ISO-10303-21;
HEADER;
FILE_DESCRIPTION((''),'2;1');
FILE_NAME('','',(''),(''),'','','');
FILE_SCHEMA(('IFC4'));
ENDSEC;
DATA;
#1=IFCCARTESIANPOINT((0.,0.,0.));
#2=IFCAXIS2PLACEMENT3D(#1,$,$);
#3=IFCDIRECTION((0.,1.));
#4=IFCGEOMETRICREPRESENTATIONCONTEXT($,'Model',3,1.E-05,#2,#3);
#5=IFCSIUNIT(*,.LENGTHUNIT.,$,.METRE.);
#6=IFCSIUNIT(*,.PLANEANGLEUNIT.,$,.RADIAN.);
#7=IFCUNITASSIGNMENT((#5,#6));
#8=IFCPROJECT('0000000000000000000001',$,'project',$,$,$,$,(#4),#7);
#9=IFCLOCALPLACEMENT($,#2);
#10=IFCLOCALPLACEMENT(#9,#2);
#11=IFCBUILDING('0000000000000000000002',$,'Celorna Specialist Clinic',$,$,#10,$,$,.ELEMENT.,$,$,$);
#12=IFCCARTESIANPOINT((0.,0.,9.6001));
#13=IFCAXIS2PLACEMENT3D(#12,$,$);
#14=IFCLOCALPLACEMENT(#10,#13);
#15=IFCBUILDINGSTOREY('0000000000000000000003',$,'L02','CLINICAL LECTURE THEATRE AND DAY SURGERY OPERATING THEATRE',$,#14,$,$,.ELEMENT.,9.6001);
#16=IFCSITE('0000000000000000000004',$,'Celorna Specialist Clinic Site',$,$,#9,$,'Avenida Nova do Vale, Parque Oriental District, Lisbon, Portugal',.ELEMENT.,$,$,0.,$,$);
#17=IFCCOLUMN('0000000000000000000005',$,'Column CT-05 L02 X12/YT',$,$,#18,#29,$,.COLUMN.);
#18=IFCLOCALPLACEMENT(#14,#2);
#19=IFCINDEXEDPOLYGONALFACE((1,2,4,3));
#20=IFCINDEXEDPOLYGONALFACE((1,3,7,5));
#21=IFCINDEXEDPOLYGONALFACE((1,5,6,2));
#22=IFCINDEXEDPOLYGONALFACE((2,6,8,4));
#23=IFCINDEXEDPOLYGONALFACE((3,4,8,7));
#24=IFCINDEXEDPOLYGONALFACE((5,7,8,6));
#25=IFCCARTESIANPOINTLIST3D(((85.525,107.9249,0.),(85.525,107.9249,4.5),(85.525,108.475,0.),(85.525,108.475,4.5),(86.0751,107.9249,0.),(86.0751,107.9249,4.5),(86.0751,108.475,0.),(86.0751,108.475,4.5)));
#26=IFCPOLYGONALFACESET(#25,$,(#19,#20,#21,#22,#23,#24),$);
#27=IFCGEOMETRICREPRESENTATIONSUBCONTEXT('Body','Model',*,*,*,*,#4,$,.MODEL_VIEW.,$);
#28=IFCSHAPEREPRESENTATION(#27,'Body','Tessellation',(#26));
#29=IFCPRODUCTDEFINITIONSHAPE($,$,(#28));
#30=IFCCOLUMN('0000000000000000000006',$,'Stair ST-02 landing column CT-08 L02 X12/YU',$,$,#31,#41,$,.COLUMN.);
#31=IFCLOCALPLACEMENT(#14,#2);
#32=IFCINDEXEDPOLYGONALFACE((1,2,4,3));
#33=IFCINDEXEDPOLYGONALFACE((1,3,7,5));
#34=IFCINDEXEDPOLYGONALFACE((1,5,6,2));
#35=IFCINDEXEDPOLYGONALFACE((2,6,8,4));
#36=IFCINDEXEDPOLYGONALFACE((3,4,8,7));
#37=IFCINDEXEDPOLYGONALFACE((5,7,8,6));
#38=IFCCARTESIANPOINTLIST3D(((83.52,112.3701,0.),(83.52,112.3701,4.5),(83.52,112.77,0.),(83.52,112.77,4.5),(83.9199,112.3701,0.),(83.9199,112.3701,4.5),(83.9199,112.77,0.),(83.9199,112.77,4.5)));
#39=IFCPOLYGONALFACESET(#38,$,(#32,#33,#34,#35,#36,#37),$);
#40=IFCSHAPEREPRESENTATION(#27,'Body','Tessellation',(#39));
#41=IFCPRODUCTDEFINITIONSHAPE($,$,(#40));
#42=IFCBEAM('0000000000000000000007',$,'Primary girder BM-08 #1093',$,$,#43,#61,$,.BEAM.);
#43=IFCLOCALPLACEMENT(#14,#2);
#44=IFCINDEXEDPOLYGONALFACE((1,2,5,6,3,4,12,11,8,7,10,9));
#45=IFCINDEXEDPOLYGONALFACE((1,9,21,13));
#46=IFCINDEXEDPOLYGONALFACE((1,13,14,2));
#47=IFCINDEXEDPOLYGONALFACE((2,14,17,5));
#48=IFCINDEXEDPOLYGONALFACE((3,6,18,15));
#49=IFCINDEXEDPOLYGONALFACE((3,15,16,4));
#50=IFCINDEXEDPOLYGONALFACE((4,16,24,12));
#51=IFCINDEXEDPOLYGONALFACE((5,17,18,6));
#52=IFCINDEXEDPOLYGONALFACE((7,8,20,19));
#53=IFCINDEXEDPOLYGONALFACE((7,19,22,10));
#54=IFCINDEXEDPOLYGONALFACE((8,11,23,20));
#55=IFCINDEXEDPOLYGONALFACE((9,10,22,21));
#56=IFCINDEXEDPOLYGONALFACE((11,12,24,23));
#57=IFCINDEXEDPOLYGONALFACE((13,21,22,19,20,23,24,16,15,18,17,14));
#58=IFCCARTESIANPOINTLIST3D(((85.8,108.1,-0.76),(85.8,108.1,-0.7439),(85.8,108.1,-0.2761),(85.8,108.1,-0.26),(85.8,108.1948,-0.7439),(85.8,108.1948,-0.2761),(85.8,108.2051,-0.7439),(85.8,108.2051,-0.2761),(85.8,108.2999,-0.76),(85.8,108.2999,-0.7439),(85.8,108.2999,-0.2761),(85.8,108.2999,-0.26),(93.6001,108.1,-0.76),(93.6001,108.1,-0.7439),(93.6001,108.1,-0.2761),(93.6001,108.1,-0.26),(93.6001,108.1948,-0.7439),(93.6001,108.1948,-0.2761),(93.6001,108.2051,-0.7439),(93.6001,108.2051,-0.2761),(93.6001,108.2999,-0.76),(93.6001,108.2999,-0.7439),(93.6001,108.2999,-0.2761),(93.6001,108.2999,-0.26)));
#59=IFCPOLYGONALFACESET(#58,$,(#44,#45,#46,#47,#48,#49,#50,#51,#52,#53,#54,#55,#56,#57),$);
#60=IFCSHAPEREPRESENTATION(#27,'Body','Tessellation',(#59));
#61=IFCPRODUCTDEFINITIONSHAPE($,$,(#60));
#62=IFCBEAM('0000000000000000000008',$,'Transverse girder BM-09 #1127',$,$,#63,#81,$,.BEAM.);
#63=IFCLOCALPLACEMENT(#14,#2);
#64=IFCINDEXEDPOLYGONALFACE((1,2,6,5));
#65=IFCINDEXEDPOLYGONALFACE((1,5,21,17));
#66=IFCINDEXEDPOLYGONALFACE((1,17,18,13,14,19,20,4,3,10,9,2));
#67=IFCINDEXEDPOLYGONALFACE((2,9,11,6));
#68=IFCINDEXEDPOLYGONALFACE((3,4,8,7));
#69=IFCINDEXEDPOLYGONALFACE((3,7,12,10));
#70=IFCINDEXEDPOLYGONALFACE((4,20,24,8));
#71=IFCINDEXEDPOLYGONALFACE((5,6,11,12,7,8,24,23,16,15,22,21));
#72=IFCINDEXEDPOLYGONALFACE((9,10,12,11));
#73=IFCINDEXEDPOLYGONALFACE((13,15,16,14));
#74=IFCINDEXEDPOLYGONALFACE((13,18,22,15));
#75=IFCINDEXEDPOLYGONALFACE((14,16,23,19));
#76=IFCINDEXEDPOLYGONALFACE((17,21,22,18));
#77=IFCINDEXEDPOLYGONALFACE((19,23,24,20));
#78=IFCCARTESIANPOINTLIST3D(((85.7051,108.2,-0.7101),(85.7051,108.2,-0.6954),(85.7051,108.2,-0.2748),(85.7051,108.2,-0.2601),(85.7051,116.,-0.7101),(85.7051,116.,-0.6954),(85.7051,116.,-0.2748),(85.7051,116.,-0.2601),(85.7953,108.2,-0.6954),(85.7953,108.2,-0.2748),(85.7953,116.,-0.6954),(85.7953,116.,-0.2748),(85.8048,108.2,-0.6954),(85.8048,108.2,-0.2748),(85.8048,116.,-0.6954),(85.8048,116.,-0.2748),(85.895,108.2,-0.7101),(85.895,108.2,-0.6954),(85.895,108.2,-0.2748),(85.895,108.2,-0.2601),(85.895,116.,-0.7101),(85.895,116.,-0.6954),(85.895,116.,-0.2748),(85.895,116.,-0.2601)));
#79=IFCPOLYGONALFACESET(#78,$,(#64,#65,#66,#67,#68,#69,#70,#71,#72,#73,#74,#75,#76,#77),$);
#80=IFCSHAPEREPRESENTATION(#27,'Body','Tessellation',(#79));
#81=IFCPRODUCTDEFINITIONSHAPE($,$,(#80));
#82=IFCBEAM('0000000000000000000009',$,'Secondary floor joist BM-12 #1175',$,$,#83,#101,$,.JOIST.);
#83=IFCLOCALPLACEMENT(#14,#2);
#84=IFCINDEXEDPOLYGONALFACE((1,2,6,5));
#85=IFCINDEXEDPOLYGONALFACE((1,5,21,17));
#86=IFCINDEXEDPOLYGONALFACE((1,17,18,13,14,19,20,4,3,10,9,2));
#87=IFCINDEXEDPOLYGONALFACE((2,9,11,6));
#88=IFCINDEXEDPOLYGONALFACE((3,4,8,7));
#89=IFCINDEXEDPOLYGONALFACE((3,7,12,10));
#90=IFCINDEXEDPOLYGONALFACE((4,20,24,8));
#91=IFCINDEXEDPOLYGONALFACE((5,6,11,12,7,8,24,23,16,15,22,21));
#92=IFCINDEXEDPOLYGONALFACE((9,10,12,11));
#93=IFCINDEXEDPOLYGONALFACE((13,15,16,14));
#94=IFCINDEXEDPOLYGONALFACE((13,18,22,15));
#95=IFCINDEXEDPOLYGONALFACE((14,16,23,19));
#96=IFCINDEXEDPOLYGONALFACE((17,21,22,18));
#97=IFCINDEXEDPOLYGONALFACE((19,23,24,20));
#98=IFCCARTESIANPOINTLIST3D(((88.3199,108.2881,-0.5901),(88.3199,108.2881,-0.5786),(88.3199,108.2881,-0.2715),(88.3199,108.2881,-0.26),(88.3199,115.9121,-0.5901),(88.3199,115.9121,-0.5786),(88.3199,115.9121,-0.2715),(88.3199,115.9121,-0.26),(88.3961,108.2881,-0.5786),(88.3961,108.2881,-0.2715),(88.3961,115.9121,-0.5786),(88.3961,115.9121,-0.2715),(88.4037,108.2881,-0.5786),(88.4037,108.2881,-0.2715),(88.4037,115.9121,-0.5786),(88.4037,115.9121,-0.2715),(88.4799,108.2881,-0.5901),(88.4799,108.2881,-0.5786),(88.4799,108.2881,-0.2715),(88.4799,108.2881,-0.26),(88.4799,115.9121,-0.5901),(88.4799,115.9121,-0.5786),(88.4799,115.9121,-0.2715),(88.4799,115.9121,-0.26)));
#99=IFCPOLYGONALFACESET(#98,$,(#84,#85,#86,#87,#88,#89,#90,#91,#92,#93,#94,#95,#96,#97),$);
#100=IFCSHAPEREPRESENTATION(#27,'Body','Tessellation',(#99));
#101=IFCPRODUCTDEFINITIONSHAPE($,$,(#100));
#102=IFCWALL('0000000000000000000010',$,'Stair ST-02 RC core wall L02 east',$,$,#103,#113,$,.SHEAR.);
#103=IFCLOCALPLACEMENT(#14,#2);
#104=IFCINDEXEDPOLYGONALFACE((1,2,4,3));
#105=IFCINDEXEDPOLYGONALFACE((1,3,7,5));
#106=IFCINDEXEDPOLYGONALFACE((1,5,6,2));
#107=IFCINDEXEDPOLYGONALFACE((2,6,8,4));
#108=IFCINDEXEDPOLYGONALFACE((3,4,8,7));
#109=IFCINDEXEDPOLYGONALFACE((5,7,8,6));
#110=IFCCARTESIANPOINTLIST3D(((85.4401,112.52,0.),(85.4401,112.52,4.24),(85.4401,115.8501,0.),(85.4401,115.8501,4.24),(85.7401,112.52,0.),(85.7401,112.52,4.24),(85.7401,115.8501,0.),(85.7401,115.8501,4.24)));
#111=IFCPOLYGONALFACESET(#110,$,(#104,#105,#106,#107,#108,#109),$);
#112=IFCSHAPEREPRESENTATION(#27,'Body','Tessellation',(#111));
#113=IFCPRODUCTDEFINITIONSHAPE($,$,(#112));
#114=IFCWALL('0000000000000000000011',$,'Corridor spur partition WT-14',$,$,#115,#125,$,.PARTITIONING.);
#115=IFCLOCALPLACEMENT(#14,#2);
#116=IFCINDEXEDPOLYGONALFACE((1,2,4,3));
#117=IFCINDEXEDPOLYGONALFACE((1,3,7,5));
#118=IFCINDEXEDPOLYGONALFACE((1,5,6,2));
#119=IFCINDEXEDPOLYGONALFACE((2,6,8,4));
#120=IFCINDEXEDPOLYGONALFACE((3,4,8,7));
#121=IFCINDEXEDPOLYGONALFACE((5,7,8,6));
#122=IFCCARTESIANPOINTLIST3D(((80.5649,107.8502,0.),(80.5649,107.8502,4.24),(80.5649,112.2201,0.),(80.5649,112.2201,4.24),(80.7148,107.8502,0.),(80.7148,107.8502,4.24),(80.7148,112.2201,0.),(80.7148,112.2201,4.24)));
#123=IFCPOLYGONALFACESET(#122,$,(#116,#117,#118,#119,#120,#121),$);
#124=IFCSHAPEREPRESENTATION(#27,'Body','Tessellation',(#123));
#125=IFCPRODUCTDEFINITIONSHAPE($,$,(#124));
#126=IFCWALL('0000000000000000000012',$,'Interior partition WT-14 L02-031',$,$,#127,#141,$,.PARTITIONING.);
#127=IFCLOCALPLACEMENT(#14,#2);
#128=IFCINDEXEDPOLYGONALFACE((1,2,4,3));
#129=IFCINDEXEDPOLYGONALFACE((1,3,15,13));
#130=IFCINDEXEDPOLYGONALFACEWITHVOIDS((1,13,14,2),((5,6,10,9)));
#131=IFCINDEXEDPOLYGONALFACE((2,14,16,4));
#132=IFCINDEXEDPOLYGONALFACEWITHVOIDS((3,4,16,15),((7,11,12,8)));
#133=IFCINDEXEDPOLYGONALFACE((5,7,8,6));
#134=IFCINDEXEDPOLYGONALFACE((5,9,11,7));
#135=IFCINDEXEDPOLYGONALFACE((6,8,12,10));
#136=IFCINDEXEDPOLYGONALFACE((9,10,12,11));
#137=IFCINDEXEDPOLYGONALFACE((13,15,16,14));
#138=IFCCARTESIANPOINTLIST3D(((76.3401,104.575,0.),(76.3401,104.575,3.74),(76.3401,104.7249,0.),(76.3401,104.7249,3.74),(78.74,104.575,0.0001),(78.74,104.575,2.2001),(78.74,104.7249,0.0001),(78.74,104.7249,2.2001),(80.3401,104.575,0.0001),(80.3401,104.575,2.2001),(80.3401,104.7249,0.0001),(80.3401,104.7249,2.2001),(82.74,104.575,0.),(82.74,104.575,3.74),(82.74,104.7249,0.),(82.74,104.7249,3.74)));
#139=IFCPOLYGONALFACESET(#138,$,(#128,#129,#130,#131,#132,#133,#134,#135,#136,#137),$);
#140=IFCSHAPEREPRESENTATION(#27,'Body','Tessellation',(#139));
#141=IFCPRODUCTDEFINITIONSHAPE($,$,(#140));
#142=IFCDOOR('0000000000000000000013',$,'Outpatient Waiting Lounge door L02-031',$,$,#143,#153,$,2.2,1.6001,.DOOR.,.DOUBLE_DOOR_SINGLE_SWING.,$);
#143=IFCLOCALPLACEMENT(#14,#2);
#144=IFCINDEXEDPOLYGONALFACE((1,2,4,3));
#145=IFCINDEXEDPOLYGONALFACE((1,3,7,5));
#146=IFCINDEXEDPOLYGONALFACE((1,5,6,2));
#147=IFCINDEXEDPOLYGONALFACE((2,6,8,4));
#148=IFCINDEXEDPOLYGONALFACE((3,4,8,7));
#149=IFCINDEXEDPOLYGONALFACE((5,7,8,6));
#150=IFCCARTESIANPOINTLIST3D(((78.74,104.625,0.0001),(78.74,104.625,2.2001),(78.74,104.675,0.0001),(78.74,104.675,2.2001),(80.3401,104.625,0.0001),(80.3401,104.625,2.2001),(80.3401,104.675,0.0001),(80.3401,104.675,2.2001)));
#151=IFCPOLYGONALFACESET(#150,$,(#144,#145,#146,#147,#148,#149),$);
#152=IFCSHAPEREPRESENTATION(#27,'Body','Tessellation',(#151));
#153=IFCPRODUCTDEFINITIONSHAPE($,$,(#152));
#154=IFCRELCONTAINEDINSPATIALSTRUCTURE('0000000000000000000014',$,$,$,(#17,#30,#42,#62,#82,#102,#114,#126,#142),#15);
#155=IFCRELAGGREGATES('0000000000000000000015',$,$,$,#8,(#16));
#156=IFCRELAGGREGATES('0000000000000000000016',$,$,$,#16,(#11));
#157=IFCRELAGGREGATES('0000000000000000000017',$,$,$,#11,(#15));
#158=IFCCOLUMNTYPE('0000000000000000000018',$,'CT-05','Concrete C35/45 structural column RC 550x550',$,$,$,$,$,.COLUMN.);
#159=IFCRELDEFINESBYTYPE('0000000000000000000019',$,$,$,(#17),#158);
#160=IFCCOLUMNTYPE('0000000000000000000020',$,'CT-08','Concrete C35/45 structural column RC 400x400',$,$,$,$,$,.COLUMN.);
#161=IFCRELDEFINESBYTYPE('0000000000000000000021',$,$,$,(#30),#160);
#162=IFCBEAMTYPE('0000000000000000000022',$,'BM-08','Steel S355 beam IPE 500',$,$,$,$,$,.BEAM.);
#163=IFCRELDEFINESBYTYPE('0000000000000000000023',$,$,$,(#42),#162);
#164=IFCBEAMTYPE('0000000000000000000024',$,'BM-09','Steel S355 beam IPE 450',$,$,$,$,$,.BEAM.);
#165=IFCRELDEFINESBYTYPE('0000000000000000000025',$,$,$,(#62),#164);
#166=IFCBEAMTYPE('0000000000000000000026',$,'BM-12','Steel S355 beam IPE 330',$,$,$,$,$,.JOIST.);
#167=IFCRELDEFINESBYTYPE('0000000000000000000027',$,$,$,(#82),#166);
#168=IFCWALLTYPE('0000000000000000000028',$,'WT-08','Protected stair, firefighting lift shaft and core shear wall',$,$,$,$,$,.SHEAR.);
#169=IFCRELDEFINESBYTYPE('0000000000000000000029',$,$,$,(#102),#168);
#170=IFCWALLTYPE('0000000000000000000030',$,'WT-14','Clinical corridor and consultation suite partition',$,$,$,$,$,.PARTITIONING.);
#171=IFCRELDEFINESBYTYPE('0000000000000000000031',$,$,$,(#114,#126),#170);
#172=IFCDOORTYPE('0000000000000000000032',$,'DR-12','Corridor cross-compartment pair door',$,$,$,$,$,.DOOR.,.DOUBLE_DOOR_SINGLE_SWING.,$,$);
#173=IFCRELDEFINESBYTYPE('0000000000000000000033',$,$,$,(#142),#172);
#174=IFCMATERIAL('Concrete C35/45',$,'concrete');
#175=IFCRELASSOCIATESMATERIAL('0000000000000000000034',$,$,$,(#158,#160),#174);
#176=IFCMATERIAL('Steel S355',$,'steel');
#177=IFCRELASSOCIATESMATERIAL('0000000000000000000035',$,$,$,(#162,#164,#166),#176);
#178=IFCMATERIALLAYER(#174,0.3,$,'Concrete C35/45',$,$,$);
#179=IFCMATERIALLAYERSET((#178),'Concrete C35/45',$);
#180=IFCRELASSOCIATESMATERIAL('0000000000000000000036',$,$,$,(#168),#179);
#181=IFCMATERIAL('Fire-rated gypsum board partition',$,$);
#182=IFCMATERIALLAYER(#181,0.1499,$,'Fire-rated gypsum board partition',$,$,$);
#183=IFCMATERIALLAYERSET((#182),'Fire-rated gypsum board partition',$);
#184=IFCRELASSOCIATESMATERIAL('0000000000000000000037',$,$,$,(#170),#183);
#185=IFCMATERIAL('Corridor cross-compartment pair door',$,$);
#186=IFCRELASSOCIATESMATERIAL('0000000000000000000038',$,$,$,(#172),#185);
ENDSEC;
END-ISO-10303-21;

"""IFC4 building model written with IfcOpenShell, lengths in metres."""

from ifc_helpers import new_model, si_unit, direction, frame, frame_2d, origin, origin_2d, place, context, subcontext, project, spatial, rectangle, i_section, extrude, material, layer, layer_set, material_profile, profile_set, type_object, element, fill, save


model = new_model("IFC4")

# Units and contexts
model_context = context("Model", 3, precision=1e-05, world=origin(), true_north=direction((0.0, 1.0)))
body_context = subcontext(model_context, "Body", "Model", "MODEL_VIEW")
ifc_project = project(units=[si_unit("LENGTHUNIT", "METRE"), si_unit("PLANEANGLEUNIT", "RADIAN")], contexts=[model_context])

# Site, building, storey
site_placement = place(None, origin())
site = spatial("IfcSite", under=ifc_project, at=site_placement, Name="Celorna Specialist Clinic Site", LongName="Avenida Nova do Vale, Parque Oriental District, Lisbon, Portugal", CompositionType="ELEMENT", RefElevation=0.0)
building_placement = place(site_placement, origin())
building = spatial("IfcBuilding", under=site, at=building_placement, Name="Celorna Specialist Clinic", CompositionType="ELEMENT")
storey_placement = place(building_placement, frame((0.0, 0.0, 9.6001)))
storey = spatial("IfcBuildingStorey", under=building, at=storey_placement, Name="L02", Description="CLINICAL LECTURE THEATRE AND DAY SURGERY OPERATING THEATRE", CompositionType="ELEMENT", Elevation=9.6001)

# Columns
ifc_material_1 = material(Name="Concrete C35/45", Category="concrete")
ifc_material_profile_1 = material_profile(ifc_material_1, rectangle(XDim=0.55, YDim=0.55, at=origin_2d()), Name="RC 550x550")
ifc_profile_set_1 = profile_set([ifc_material_profile_1], Name="Concrete C35/45")
column_type_1 = type_object("IfcColumnType", Name="CT-05", Description="Concrete C35/45 structural column RC 550x550", PredefinedType="COLUMN", material=ifc_profile_set_1)
column_1_placement = place(storey_placement, frame((85.8, 108.2, 0.0), z_axis=(0.0, 0.0, 1.0), x_axis=(1.0, 0.0, 0.0)))
element("IfcColumn", 1, at=column_1_placement, inside=storey, type_object=column_type_1, Name="Column CT-05 L02 X12/YT", PredefinedType="COLUMN", context=body_context, shape_type="SweptSolid", body=[
    extrude(rectangle(XDim=0.55, YDim=0.55, at=origin_2d()), origin(), (0.0, 0.0, 1.0), 4.5),
])
ifc_material_profile_2 = material_profile(ifc_material_1, rectangle(XDim=0.3999, YDim=0.3999, at=origin_2d()), Name="RC 400x400")
ifc_profile_set_2 = profile_set([ifc_material_profile_2], Name="Concrete C35/45")
column_type_2 = type_object("IfcColumnType", Name="CT-08", Description="Concrete C35/45 structural column RC 400x400", PredefinedType="COLUMN", material=ifc_profile_set_2)
column_2_placement = place(storey_placement, frame((83.72, 112.5701, 0.0), z_axis=(0.0, 0.0, 1.0), x_axis=(1.0, 0.0, 0.0)))
element("IfcColumn", 2, at=column_2_placement, inside=storey, type_object=column_type_2, Name="Stair ST-02 landing column CT-08 L02 X12/YU", PredefinedType="COLUMN", context=body_context, shape_type="SweptSolid", body=[
    extrude(rectangle(XDim=0.3999, YDim=0.3999, at=origin_2d()), origin(), (0.0, 0.0, 1.0), 4.5),
])

# Beams
ifc_material_2 = material(Name="Steel S355", Category="steel")
ifc_material_profile_3 = material_profile(ifc_material_2, i_section(OverallWidth=0.2, OverallDepth=0.5, WebThickness=0.0103, FlangeThickness=0.0161, at=origin_2d()), Name="IPE 500")
ifc_profile_set_3 = profile_set([ifc_material_profile_3], Name="Steel S355")
beam_type_1 = type_object("IfcBeamType", Name="BM-08", Description="Steel S355 beam IPE 500", PredefinedType="BEAM", material=ifc_profile_set_3)
beam_1_placement = place(storey_placement, frame((85.8, 108.2, -0.51), z_axis=(1.0, 0.0, 0.0), x_axis=(0.0, 1.0, 0.0)))
element("IfcBeam", 3, at=beam_1_placement, inside=storey, type_object=beam_type_1, Name="Primary girder BM-08 #1093", PredefinedType="BEAM", context=body_context, shape_type="SweptSolid", body=[
    extrude(i_section(OverallWidth=0.2, OverallDepth=0.5, WebThickness=0.0103, FlangeThickness=0.0161, at=origin_2d()), origin(), (0.0, 0.0, 1.0), 7.8),
])
ifc_material_profile_4 = material_profile(ifc_material_2, i_section(OverallWidth=0.1899, OverallDepth=0.45, WebThickness=0.0095, FlangeThickness=0.0146, at=origin_2d()), Name="IPE 450")
ifc_profile_set_4 = profile_set([ifc_material_profile_4], Name="Steel S355")
beam_type_2 = type_object("IfcBeamType", Name="BM-09", Description="Steel S355 beam IPE 450", PredefinedType="BEAM", material=ifc_profile_set_4)
beam_2_placement = place(storey_placement, frame((85.8, 108.2, -0.4851), z_axis=(0.0, 1.0, 0.0), x_axis=(-1.0, 0.0, 0.0)))
element("IfcBeam", 4, at=beam_2_placement, inside=storey, type_object=beam_type_2, Name="Transverse girder BM-09 #1127", PredefinedType="BEAM", context=body_context, shape_type="SweptSolid", body=[
    extrude(i_section(OverallWidth=0.1899, OverallDepth=0.45, WebThickness=0.0095, FlangeThickness=0.0146, at=origin_2d()), origin(), (0.0, 0.0, 1.0), 7.8),
])
ifc_material_profile_5 = material_profile(ifc_material_2, i_section(OverallWidth=0.1599, OverallDepth=0.3301, WebThickness=0.0076, FlangeThickness=0.0115, at=origin_2d()), Name="IPE 330")
ifc_profile_set_5 = profile_set([ifc_material_profile_5], Name="Steel S355")
beam_type_3 = type_object("IfcBeamType", Name="BM-12", Description="Steel S355 beam IPE 330", PredefinedType="JOIST", material=ifc_profile_set_5)
beam_3_placement = place(storey_placement, frame((88.3999, 108.2881, -0.425), z_axis=(0.0, 1.0, 0.0), x_axis=(-1.0, 0.0, 0.0)))
element("IfcBeam", 5, at=beam_3_placement, inside=storey, type_object=beam_type_3, Name="Secondary floor joist BM-12 #1175", PredefinedType="JOIST", context=body_context, shape_type="SweptSolid", body=[
    extrude(i_section(OverallWidth=0.1599, OverallDepth=0.3301, WebThickness=0.0076, FlangeThickness=0.0115, at=origin_2d()), origin(), (0.0, 0.0, 1.0), 7.624),
])

# Walls
ifc_layer_1 = layer(ifc_material_1, 0.3, Name="Concrete C35/45")
ifc_layer_set_1 = layer_set([ifc_layer_1], Name="Concrete C35/45")
wall_type_1 = type_object("IfcWallType", Name="WT-08", Description="Protected stair, firefighting lift shaft and core shear wall", PredefinedType="SHEAR", material=ifc_layer_set_1)
wall_1_placement = place(storey_placement, frame((85.5901, 112.52, 0.0), z_axis=(0.0, 0.0, 1.0), x_axis=(0.0, 1.0, 0.0)))
element("IfcWall", 6, at=wall_1_placement, inside=storey, type_object=wall_type_1, Name="Stair ST-02 RC core wall L02 east", PredefinedType="SHEAR", context=body_context, shape_type="SweptSolid", body=[
    extrude(rectangle(XDim=3.3301, YDim=0.3, at=frame_2d((1.665, 0.0))), origin(), (0.0, 0.0, 1.0), 4.24),
])
ifc_material_3 = material(Name="Fire-rated gypsum board partition")
ifc_layer_2 = layer(ifc_material_3, 0.1499, Name="Fire-rated gypsum board partition")
ifc_layer_set_2 = layer_set([ifc_layer_2], Name="Fire-rated gypsum board partition")
wall_type_2 = type_object("IfcWallType", Name="WT-14", Description="Clinical corridor and consultation suite partition", PredefinedType="PARTITIONING", material=ifc_layer_set_2)
wall_2_placement = place(storey_placement, frame((80.6399, 107.8501, 0.0), z_axis=(0.0, 0.0, 1.0), x_axis=(0.0, 1.0, 0.0)))
element("IfcWall", 7, at=wall_2_placement, inside=storey, type_object=wall_type_2, Name="Corridor spur partition WT-14", PredefinedType="PARTITIONING", context=body_context, shape_type="SweptSolid", body=[
    extrude(rectangle(XDim=4.3699, YDim=0.1499, at=frame_2d((2.1851, 0.0))), origin(), (0.0, 0.0, 1.0), 4.24),
])

# Wall, opening, door
wall_3_placement = place(storey_placement, frame((82.74, 104.6499, 0.0), z_axis=(0.0, 0.0, 1.0), x_axis=(-1.0, 0.0, 0.0)))
wall_3 = element("IfcWall", 8, at=wall_3_placement, inside=storey, type_object=wall_type_2, Name="Interior partition WT-14 L02-031", PredefinedType="PARTITIONING", context=body_context, shape_type="SweptSolid", body=[
    extrude(rectangle(XDim=6.3999, YDim=0.1499, at=frame_2d((3.2, 0.0))), origin(), (0.0, 0.0, 1.0), 3.74),
])
opening_1_placement = place(wall_3_placement, frame((2.3999, 0.0, 0.0)))
opening_1 = element("IfcOpeningElement", 9, at=opening_1_placement, cuts=wall_3, PredefinedType="OPENING", context=body_context, shape_type="SweptSolid", body=[
    extrude(rectangle(XDim=1.6001, YDim=2.2, at=frame_2d((0.8, 1.1001))), frame((0.0, 0.085, 0.0), z_axis=(0.0, -1.0, 0.0), x_axis=(1.0, 0.0, 0.0)), (0.0, 0.0, 1.0), 0.1699),
])
ifc_material_4 = material(Name="Corridor cross-compartment pair door")
door_type_1 = type_object("IfcDoorType", Name="DR-12", Description="Corridor cross-compartment pair door", OperationType="DOUBLE_DOOR_SINGLE_SWING", PredefinedType="DOOR", material=ifc_material_4)
door_1_placement = place(opening_1_placement, origin())
door_1 = element("IfcDoor", 10, at=door_1_placement, inside=storey, type_object=door_type_1, Name="Outpatient Waiting Lounge door L02-031", OperationType="DOUBLE_DOOR_SINGLE_SWING", OverallHeight=2.2, OverallWidth=1.6001, PredefinedType="DOOR", context=body_context, shape_type="SweptSolid", body=[
    extrude(rectangle(XDim=1.6001, YDim=2.2, at=frame_2d((0.8, 1.1001))), frame((0.0, 0.0249, 0.0), z_axis=(0.0, -1.0, 0.0), x_axis=(1.0, 0.0, 0.0)), (0.0, 0.0, 1.0), 0.05),
])
fill(opening_1, door_1)

save(model, "model.ifc")
